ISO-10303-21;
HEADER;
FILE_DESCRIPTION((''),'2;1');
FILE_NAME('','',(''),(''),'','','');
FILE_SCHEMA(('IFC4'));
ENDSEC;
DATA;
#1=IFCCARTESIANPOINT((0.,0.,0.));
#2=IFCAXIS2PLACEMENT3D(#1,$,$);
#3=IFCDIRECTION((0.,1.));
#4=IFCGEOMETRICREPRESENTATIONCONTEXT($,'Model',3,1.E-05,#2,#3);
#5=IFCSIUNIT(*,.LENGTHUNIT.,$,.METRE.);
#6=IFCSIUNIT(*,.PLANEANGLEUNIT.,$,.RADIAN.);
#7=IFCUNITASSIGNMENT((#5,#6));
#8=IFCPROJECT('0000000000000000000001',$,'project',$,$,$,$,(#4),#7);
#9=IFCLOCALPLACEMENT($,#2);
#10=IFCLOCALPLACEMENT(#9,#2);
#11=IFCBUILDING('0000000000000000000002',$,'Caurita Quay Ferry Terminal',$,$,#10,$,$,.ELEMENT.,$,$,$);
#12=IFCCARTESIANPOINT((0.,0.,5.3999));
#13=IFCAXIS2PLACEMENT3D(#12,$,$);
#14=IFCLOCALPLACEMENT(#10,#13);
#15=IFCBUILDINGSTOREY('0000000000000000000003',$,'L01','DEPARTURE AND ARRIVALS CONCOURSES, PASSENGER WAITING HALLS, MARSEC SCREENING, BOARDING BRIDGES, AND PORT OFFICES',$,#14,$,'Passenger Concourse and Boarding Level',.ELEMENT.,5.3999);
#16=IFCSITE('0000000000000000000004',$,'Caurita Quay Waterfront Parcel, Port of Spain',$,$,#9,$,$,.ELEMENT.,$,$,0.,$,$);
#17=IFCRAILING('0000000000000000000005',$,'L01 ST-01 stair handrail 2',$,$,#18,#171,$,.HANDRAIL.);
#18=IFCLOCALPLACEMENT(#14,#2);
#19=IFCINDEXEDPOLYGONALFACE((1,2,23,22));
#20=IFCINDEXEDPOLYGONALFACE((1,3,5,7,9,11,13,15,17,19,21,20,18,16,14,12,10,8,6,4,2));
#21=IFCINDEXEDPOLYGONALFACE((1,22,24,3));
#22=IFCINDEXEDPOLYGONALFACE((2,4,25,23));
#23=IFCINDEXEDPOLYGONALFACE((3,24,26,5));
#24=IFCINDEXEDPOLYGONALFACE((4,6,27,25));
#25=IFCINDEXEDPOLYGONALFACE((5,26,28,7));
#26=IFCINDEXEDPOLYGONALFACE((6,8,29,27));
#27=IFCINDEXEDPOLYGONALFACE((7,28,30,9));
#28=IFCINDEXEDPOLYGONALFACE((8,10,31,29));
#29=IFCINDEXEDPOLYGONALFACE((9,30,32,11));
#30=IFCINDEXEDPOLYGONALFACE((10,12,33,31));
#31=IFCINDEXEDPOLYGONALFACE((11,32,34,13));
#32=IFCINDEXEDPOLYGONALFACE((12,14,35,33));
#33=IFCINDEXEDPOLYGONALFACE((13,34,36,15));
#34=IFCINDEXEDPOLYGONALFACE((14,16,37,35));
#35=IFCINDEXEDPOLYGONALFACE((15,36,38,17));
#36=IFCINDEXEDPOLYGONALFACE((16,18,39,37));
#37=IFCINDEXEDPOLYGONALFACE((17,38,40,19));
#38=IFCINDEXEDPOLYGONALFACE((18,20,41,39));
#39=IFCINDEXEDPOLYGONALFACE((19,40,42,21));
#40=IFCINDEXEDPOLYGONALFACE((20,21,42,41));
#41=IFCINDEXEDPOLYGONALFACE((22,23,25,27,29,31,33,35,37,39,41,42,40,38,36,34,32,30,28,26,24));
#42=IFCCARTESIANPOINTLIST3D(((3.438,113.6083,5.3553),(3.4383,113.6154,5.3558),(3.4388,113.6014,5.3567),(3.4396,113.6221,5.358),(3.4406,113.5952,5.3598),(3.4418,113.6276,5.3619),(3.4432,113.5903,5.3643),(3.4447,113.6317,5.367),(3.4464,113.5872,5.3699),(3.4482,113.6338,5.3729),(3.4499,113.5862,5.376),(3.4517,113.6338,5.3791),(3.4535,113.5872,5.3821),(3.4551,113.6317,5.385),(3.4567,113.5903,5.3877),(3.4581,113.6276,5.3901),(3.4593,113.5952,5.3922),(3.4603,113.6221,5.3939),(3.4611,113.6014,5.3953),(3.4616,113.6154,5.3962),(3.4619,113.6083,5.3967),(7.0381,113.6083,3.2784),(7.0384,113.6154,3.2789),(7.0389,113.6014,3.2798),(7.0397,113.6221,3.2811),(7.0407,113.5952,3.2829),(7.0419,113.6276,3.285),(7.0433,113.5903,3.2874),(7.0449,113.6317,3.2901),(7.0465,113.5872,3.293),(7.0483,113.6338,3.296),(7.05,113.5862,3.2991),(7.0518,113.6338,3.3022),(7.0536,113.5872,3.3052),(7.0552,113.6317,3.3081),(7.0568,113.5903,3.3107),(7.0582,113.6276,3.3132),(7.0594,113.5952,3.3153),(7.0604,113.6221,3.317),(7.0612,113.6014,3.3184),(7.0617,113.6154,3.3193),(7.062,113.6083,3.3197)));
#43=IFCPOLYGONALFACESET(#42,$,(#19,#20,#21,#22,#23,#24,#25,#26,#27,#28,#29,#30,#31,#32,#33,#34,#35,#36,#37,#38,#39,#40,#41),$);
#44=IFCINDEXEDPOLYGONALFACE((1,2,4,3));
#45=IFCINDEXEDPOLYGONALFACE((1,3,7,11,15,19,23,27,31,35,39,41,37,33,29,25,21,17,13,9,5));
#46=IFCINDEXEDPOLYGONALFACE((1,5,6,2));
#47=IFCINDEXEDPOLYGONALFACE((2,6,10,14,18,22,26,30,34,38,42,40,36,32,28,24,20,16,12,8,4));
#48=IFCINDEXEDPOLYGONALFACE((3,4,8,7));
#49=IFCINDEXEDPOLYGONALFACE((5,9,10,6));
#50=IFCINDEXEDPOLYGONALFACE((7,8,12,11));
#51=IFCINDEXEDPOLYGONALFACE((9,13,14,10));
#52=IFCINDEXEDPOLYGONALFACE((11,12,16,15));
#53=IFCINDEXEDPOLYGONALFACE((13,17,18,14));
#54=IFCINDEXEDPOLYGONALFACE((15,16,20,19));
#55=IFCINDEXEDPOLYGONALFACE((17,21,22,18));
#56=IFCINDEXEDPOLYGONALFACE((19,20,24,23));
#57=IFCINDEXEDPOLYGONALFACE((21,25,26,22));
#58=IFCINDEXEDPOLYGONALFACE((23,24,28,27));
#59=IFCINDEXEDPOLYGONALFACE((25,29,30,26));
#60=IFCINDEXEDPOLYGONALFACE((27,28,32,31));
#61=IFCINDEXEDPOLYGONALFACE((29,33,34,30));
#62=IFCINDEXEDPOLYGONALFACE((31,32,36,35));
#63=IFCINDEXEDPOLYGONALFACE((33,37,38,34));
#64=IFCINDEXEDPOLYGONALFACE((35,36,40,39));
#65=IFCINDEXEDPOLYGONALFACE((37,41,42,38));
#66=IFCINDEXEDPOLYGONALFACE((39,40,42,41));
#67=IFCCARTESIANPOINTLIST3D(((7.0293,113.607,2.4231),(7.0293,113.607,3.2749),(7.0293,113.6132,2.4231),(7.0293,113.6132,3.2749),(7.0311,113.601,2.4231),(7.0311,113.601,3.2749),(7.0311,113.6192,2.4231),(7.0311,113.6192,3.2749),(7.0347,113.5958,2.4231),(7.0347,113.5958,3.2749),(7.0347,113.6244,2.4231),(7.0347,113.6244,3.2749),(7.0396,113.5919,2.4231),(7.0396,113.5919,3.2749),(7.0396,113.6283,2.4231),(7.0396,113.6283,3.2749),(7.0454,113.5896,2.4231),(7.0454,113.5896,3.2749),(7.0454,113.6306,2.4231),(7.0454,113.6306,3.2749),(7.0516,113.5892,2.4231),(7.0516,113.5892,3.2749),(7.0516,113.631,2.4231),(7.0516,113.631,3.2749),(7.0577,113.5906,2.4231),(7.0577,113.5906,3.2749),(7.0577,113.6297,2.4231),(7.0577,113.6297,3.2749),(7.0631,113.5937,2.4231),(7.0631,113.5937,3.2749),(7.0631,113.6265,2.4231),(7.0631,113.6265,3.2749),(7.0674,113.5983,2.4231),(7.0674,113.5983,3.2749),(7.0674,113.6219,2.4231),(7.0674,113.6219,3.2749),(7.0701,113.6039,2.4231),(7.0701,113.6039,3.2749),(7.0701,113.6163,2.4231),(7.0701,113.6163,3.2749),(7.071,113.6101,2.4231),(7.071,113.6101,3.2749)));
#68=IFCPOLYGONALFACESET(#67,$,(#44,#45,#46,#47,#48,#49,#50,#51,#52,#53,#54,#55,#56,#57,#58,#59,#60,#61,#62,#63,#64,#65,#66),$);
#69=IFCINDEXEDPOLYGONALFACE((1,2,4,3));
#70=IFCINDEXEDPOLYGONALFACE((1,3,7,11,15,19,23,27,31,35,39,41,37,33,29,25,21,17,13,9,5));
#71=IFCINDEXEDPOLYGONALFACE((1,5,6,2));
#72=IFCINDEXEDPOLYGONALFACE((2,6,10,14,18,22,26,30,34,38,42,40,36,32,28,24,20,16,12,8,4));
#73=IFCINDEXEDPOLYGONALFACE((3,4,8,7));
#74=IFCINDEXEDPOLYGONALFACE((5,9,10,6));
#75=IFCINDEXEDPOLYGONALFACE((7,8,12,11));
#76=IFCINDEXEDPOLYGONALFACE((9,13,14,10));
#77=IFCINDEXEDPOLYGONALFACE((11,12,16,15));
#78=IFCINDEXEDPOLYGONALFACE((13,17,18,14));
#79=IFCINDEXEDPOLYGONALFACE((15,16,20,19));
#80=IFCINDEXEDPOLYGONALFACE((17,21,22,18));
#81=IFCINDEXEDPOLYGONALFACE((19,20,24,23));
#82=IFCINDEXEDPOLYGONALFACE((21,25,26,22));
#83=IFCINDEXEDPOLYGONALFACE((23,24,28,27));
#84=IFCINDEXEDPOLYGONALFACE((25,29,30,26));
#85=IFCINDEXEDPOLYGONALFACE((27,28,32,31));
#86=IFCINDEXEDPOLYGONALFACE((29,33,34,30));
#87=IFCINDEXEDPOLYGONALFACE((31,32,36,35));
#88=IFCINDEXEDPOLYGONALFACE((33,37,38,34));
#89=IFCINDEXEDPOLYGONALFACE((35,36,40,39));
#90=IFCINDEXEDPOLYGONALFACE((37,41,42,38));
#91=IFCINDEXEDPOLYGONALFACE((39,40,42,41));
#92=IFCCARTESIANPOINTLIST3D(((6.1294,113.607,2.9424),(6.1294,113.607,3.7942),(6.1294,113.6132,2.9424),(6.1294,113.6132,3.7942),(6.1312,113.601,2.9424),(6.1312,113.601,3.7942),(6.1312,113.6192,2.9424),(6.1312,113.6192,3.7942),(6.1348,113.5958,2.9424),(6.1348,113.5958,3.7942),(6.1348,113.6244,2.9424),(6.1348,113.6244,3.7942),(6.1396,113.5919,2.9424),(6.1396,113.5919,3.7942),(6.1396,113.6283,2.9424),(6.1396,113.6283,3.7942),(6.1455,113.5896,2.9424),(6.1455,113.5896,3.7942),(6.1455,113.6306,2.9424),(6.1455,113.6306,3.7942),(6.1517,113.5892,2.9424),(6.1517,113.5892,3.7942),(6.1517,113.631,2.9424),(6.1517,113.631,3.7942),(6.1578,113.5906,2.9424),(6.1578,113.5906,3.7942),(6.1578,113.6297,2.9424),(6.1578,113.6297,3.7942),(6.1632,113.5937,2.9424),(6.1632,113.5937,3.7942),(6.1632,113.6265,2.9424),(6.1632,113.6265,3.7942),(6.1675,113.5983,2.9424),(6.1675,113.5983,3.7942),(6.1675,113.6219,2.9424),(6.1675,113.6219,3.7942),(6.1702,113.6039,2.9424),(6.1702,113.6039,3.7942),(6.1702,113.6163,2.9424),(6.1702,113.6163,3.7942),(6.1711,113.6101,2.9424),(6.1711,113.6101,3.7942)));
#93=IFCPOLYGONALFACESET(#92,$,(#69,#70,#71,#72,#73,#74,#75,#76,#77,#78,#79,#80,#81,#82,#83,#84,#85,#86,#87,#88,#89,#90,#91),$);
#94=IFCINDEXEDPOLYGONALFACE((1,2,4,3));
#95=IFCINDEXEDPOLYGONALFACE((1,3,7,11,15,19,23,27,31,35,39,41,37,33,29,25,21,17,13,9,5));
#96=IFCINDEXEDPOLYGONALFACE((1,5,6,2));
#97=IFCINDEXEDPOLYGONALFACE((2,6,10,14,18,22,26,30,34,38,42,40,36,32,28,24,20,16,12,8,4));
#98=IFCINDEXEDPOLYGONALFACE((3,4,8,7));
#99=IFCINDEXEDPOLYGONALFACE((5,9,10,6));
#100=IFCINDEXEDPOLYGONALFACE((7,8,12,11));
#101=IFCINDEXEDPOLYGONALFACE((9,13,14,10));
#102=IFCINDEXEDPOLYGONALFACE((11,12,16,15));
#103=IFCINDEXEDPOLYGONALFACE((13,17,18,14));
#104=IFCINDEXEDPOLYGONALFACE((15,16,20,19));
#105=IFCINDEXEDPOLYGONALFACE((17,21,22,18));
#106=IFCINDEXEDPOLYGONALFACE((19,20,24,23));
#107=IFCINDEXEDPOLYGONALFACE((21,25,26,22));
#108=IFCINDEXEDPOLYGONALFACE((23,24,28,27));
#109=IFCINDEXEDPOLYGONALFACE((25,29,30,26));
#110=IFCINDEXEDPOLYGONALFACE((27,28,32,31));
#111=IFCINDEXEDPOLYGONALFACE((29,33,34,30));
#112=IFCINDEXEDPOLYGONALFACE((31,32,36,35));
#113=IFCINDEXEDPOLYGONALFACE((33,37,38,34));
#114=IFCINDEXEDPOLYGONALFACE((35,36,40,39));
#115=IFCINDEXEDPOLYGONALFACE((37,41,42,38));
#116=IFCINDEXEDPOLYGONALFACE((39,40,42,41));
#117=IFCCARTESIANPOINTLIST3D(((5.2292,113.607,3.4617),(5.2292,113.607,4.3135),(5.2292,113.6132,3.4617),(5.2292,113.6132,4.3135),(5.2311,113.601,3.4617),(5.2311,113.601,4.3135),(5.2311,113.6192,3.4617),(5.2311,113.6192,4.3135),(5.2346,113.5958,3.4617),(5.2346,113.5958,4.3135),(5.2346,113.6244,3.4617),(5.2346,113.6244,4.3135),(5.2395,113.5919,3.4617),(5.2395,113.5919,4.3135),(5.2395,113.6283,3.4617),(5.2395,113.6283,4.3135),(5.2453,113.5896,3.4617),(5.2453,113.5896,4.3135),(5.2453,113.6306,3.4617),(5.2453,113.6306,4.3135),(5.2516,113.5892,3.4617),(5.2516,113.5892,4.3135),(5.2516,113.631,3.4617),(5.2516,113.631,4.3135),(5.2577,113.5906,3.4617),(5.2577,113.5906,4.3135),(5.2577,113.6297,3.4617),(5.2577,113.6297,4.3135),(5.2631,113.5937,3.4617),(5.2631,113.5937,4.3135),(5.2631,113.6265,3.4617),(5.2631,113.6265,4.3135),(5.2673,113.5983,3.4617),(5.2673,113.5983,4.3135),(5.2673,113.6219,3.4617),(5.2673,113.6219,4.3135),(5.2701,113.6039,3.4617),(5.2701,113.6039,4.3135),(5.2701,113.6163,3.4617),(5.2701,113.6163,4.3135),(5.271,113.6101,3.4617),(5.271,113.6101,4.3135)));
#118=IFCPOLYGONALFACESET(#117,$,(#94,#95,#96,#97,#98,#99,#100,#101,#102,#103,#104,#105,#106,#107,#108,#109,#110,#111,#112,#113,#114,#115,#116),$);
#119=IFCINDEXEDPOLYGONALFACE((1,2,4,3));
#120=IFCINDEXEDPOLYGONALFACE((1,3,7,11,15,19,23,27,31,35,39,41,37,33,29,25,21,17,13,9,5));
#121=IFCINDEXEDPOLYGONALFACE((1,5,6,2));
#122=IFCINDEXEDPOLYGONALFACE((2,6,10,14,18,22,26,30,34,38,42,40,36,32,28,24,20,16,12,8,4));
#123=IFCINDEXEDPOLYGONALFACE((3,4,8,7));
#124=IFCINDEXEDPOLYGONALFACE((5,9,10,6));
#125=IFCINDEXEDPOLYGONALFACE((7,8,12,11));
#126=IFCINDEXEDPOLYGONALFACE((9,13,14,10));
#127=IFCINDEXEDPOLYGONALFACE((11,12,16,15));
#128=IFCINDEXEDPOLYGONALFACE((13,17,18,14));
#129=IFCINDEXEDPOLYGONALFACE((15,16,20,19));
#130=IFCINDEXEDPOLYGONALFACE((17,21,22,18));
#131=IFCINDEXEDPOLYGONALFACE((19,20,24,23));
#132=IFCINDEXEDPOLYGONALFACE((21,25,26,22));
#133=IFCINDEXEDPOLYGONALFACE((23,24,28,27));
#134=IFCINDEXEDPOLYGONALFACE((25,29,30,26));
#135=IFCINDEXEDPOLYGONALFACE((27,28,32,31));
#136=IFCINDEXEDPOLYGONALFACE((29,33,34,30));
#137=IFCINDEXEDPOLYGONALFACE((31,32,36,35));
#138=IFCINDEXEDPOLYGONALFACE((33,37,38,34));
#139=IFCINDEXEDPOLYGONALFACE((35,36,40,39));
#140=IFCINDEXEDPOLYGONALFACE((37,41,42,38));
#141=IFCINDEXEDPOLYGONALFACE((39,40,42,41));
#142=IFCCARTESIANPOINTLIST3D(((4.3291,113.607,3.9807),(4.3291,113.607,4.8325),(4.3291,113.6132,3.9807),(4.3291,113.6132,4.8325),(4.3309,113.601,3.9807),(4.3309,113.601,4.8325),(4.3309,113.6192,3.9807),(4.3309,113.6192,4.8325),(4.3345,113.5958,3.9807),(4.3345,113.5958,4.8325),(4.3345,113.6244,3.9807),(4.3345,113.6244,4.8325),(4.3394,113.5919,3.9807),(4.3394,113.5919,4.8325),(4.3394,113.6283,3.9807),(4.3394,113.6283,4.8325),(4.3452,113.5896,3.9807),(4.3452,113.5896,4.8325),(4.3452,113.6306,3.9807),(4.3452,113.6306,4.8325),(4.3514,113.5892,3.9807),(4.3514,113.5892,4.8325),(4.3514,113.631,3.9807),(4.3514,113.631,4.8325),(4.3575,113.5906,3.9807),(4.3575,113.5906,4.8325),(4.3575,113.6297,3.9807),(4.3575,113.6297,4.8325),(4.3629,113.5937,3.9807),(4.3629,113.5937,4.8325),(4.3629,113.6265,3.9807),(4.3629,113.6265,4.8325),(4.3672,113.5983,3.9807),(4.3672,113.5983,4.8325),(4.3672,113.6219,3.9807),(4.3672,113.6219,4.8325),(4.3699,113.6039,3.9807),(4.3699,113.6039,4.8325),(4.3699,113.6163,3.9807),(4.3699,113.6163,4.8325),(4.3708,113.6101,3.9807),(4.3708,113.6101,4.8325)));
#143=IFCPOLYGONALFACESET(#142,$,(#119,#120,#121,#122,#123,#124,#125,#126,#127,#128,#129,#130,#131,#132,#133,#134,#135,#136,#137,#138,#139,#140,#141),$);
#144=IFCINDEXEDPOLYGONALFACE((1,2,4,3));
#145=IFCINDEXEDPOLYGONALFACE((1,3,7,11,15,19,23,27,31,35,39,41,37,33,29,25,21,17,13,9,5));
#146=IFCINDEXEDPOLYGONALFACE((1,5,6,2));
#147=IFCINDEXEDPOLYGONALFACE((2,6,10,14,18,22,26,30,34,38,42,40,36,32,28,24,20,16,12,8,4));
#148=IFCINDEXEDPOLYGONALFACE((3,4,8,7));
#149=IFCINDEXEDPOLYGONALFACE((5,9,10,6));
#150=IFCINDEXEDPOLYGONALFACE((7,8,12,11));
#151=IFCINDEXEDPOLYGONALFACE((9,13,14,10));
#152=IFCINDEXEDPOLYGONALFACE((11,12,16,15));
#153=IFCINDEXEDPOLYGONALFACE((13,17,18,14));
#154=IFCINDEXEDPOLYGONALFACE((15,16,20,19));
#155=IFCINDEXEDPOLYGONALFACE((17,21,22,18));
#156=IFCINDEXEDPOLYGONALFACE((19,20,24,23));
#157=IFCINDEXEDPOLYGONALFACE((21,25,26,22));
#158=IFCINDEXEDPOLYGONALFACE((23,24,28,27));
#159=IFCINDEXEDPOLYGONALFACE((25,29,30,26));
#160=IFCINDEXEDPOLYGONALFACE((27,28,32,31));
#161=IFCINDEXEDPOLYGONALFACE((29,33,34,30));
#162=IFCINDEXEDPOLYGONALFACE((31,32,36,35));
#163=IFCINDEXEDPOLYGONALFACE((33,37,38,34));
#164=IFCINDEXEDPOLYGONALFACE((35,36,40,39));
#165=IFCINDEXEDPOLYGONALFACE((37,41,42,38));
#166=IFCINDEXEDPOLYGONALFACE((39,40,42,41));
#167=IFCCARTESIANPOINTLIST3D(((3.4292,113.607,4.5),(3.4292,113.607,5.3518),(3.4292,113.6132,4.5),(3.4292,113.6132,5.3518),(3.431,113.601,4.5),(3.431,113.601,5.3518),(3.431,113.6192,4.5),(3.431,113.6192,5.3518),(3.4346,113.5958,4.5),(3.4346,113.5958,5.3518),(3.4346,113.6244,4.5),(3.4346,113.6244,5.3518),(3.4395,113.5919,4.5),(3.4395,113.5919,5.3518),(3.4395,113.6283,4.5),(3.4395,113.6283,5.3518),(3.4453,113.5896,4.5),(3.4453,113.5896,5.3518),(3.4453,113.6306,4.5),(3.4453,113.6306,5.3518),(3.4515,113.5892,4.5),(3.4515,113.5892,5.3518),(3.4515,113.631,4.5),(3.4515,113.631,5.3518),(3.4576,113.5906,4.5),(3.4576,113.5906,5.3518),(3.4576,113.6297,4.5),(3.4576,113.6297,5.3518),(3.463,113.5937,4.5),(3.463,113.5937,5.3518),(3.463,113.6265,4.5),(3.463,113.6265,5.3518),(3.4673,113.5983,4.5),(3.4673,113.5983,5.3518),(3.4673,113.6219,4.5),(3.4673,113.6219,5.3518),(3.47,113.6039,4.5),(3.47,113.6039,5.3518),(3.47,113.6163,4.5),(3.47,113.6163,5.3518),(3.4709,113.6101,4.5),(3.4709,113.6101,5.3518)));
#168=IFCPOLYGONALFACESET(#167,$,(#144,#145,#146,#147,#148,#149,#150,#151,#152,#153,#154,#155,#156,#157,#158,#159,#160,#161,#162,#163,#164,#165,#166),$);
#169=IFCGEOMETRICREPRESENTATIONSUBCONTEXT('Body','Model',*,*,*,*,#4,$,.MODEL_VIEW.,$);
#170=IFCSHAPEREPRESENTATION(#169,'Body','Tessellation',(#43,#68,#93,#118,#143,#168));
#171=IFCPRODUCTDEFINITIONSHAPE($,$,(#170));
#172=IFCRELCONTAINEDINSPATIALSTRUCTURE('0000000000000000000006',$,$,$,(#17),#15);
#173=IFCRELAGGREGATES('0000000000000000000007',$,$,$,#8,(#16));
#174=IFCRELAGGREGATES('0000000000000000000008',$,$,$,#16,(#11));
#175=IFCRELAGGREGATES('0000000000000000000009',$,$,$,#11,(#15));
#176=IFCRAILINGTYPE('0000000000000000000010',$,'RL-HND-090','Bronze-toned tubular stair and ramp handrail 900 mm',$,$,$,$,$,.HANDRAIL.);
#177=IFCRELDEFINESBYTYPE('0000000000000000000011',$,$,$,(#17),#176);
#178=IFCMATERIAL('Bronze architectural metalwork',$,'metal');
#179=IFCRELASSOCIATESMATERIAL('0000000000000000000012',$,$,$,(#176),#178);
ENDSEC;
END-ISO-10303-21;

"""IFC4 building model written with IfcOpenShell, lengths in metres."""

from ifc_helpers import new_model, si_unit, direction, frame, origin, origin_2d, place, context, subcontext, project, spatial, circle, extrude, material, type_object, element, save


model = new_model("IFC4")

# Units and contexts
model_context = context("Model", 3, precision=1e-05, world=origin(), true_north=direction((0.0, 1.0)))
body_context = subcontext(model_context, "Body", "Model", "MODEL_VIEW")
ifc_project = project(units=[si_unit("LENGTHUNIT", "METRE"), si_unit("PLANEANGLEUNIT", "RADIAN")], contexts=[model_context])

# Site, building, storey
site_placement = place(None, origin())
site = spatial("IfcSite", under=ifc_project, at=site_placement, Name="Caurita Quay Waterfront Parcel, Port of Spain", CompositionType="ELEMENT", RefElevation=0.0)
building_placement = place(site_placement, origin())
building = spatial("IfcBuilding", under=site, at=building_placement, Name="Caurita Quay Ferry Terminal", CompositionType="ELEMENT")
storey_placement = place(building_placement, frame((0.0, 0.0, 5.3999)))
storey = spatial("IfcBuildingStorey", under=building, at=storey_placement, Name="L01", Description="DEPARTURE AND ARRIVALS CONCOURSES, PASSENGER WAITING HALLS, MARSEC SCREENING, BOARDING BRIDGES, AND PORT OFFICES", LongName="Passenger Concourse and Boarding Level", CompositionType="ELEMENT", Elevation=5.3999)

# Shared definitions
ifc_material_1 = material(Name="Bronze architectural metalwork", Category="metal")

# Railing
railing_type_1 = type_object("IfcRailingType", Name="RL-HND-090", Description="Bronze-toned tubular stair and ramp handrail 900 mm", PredefinedType="HANDRAIL", material=ifc_material_1)
railing_1_placement = place(storey_placement, frame((7.05, 113.6101, 2.4231)))
element("IfcRailing", 1, at=railing_1_placement, inside=storey, type_object=railing_type_1, Name="L01 ST-01 stair handrail 2", PredefinedType="HANDRAIL", context=body_context, shape_type="SweptSolid", body=[
    extrude(circle(Radius=0.0239, at=origin_2d()), frame((0.0, 0.0, 0.876), z_axis=(-0.866193, 0.0, 0.499709), x_axis=(0.0, -1.0, 0.0)), (0.0, 0.0, 1.0), 4.1562),
    extrude(circle(Radius=0.021, at=origin_2d()), origin(), (0.0, 0.0, 1.0), 0.8518),
    extrude(circle(Radius=0.021, at=origin_2d()), frame((-0.8999, 0.0, 0.5193)), (0.0, 0.0, 1.0), 0.8518),
    extrude(circle(Radius=0.021, at=origin_2d()), frame((-1.8, 0.0, 1.0386)), (0.0, 0.0, 1.0), 0.8518),
    extrude(circle(Radius=0.021, at=origin_2d()), frame((-2.7002, 0.0, 1.5576)), (0.0, 0.0, 1.0), 0.8518),
    extrude(circle(Radius=0.021, at=origin_2d()), frame((-3.6001, 0.0, 2.0769)), (0.0, 0.0, 1.0), 0.8518),
])

save(model, "model.ifc")
